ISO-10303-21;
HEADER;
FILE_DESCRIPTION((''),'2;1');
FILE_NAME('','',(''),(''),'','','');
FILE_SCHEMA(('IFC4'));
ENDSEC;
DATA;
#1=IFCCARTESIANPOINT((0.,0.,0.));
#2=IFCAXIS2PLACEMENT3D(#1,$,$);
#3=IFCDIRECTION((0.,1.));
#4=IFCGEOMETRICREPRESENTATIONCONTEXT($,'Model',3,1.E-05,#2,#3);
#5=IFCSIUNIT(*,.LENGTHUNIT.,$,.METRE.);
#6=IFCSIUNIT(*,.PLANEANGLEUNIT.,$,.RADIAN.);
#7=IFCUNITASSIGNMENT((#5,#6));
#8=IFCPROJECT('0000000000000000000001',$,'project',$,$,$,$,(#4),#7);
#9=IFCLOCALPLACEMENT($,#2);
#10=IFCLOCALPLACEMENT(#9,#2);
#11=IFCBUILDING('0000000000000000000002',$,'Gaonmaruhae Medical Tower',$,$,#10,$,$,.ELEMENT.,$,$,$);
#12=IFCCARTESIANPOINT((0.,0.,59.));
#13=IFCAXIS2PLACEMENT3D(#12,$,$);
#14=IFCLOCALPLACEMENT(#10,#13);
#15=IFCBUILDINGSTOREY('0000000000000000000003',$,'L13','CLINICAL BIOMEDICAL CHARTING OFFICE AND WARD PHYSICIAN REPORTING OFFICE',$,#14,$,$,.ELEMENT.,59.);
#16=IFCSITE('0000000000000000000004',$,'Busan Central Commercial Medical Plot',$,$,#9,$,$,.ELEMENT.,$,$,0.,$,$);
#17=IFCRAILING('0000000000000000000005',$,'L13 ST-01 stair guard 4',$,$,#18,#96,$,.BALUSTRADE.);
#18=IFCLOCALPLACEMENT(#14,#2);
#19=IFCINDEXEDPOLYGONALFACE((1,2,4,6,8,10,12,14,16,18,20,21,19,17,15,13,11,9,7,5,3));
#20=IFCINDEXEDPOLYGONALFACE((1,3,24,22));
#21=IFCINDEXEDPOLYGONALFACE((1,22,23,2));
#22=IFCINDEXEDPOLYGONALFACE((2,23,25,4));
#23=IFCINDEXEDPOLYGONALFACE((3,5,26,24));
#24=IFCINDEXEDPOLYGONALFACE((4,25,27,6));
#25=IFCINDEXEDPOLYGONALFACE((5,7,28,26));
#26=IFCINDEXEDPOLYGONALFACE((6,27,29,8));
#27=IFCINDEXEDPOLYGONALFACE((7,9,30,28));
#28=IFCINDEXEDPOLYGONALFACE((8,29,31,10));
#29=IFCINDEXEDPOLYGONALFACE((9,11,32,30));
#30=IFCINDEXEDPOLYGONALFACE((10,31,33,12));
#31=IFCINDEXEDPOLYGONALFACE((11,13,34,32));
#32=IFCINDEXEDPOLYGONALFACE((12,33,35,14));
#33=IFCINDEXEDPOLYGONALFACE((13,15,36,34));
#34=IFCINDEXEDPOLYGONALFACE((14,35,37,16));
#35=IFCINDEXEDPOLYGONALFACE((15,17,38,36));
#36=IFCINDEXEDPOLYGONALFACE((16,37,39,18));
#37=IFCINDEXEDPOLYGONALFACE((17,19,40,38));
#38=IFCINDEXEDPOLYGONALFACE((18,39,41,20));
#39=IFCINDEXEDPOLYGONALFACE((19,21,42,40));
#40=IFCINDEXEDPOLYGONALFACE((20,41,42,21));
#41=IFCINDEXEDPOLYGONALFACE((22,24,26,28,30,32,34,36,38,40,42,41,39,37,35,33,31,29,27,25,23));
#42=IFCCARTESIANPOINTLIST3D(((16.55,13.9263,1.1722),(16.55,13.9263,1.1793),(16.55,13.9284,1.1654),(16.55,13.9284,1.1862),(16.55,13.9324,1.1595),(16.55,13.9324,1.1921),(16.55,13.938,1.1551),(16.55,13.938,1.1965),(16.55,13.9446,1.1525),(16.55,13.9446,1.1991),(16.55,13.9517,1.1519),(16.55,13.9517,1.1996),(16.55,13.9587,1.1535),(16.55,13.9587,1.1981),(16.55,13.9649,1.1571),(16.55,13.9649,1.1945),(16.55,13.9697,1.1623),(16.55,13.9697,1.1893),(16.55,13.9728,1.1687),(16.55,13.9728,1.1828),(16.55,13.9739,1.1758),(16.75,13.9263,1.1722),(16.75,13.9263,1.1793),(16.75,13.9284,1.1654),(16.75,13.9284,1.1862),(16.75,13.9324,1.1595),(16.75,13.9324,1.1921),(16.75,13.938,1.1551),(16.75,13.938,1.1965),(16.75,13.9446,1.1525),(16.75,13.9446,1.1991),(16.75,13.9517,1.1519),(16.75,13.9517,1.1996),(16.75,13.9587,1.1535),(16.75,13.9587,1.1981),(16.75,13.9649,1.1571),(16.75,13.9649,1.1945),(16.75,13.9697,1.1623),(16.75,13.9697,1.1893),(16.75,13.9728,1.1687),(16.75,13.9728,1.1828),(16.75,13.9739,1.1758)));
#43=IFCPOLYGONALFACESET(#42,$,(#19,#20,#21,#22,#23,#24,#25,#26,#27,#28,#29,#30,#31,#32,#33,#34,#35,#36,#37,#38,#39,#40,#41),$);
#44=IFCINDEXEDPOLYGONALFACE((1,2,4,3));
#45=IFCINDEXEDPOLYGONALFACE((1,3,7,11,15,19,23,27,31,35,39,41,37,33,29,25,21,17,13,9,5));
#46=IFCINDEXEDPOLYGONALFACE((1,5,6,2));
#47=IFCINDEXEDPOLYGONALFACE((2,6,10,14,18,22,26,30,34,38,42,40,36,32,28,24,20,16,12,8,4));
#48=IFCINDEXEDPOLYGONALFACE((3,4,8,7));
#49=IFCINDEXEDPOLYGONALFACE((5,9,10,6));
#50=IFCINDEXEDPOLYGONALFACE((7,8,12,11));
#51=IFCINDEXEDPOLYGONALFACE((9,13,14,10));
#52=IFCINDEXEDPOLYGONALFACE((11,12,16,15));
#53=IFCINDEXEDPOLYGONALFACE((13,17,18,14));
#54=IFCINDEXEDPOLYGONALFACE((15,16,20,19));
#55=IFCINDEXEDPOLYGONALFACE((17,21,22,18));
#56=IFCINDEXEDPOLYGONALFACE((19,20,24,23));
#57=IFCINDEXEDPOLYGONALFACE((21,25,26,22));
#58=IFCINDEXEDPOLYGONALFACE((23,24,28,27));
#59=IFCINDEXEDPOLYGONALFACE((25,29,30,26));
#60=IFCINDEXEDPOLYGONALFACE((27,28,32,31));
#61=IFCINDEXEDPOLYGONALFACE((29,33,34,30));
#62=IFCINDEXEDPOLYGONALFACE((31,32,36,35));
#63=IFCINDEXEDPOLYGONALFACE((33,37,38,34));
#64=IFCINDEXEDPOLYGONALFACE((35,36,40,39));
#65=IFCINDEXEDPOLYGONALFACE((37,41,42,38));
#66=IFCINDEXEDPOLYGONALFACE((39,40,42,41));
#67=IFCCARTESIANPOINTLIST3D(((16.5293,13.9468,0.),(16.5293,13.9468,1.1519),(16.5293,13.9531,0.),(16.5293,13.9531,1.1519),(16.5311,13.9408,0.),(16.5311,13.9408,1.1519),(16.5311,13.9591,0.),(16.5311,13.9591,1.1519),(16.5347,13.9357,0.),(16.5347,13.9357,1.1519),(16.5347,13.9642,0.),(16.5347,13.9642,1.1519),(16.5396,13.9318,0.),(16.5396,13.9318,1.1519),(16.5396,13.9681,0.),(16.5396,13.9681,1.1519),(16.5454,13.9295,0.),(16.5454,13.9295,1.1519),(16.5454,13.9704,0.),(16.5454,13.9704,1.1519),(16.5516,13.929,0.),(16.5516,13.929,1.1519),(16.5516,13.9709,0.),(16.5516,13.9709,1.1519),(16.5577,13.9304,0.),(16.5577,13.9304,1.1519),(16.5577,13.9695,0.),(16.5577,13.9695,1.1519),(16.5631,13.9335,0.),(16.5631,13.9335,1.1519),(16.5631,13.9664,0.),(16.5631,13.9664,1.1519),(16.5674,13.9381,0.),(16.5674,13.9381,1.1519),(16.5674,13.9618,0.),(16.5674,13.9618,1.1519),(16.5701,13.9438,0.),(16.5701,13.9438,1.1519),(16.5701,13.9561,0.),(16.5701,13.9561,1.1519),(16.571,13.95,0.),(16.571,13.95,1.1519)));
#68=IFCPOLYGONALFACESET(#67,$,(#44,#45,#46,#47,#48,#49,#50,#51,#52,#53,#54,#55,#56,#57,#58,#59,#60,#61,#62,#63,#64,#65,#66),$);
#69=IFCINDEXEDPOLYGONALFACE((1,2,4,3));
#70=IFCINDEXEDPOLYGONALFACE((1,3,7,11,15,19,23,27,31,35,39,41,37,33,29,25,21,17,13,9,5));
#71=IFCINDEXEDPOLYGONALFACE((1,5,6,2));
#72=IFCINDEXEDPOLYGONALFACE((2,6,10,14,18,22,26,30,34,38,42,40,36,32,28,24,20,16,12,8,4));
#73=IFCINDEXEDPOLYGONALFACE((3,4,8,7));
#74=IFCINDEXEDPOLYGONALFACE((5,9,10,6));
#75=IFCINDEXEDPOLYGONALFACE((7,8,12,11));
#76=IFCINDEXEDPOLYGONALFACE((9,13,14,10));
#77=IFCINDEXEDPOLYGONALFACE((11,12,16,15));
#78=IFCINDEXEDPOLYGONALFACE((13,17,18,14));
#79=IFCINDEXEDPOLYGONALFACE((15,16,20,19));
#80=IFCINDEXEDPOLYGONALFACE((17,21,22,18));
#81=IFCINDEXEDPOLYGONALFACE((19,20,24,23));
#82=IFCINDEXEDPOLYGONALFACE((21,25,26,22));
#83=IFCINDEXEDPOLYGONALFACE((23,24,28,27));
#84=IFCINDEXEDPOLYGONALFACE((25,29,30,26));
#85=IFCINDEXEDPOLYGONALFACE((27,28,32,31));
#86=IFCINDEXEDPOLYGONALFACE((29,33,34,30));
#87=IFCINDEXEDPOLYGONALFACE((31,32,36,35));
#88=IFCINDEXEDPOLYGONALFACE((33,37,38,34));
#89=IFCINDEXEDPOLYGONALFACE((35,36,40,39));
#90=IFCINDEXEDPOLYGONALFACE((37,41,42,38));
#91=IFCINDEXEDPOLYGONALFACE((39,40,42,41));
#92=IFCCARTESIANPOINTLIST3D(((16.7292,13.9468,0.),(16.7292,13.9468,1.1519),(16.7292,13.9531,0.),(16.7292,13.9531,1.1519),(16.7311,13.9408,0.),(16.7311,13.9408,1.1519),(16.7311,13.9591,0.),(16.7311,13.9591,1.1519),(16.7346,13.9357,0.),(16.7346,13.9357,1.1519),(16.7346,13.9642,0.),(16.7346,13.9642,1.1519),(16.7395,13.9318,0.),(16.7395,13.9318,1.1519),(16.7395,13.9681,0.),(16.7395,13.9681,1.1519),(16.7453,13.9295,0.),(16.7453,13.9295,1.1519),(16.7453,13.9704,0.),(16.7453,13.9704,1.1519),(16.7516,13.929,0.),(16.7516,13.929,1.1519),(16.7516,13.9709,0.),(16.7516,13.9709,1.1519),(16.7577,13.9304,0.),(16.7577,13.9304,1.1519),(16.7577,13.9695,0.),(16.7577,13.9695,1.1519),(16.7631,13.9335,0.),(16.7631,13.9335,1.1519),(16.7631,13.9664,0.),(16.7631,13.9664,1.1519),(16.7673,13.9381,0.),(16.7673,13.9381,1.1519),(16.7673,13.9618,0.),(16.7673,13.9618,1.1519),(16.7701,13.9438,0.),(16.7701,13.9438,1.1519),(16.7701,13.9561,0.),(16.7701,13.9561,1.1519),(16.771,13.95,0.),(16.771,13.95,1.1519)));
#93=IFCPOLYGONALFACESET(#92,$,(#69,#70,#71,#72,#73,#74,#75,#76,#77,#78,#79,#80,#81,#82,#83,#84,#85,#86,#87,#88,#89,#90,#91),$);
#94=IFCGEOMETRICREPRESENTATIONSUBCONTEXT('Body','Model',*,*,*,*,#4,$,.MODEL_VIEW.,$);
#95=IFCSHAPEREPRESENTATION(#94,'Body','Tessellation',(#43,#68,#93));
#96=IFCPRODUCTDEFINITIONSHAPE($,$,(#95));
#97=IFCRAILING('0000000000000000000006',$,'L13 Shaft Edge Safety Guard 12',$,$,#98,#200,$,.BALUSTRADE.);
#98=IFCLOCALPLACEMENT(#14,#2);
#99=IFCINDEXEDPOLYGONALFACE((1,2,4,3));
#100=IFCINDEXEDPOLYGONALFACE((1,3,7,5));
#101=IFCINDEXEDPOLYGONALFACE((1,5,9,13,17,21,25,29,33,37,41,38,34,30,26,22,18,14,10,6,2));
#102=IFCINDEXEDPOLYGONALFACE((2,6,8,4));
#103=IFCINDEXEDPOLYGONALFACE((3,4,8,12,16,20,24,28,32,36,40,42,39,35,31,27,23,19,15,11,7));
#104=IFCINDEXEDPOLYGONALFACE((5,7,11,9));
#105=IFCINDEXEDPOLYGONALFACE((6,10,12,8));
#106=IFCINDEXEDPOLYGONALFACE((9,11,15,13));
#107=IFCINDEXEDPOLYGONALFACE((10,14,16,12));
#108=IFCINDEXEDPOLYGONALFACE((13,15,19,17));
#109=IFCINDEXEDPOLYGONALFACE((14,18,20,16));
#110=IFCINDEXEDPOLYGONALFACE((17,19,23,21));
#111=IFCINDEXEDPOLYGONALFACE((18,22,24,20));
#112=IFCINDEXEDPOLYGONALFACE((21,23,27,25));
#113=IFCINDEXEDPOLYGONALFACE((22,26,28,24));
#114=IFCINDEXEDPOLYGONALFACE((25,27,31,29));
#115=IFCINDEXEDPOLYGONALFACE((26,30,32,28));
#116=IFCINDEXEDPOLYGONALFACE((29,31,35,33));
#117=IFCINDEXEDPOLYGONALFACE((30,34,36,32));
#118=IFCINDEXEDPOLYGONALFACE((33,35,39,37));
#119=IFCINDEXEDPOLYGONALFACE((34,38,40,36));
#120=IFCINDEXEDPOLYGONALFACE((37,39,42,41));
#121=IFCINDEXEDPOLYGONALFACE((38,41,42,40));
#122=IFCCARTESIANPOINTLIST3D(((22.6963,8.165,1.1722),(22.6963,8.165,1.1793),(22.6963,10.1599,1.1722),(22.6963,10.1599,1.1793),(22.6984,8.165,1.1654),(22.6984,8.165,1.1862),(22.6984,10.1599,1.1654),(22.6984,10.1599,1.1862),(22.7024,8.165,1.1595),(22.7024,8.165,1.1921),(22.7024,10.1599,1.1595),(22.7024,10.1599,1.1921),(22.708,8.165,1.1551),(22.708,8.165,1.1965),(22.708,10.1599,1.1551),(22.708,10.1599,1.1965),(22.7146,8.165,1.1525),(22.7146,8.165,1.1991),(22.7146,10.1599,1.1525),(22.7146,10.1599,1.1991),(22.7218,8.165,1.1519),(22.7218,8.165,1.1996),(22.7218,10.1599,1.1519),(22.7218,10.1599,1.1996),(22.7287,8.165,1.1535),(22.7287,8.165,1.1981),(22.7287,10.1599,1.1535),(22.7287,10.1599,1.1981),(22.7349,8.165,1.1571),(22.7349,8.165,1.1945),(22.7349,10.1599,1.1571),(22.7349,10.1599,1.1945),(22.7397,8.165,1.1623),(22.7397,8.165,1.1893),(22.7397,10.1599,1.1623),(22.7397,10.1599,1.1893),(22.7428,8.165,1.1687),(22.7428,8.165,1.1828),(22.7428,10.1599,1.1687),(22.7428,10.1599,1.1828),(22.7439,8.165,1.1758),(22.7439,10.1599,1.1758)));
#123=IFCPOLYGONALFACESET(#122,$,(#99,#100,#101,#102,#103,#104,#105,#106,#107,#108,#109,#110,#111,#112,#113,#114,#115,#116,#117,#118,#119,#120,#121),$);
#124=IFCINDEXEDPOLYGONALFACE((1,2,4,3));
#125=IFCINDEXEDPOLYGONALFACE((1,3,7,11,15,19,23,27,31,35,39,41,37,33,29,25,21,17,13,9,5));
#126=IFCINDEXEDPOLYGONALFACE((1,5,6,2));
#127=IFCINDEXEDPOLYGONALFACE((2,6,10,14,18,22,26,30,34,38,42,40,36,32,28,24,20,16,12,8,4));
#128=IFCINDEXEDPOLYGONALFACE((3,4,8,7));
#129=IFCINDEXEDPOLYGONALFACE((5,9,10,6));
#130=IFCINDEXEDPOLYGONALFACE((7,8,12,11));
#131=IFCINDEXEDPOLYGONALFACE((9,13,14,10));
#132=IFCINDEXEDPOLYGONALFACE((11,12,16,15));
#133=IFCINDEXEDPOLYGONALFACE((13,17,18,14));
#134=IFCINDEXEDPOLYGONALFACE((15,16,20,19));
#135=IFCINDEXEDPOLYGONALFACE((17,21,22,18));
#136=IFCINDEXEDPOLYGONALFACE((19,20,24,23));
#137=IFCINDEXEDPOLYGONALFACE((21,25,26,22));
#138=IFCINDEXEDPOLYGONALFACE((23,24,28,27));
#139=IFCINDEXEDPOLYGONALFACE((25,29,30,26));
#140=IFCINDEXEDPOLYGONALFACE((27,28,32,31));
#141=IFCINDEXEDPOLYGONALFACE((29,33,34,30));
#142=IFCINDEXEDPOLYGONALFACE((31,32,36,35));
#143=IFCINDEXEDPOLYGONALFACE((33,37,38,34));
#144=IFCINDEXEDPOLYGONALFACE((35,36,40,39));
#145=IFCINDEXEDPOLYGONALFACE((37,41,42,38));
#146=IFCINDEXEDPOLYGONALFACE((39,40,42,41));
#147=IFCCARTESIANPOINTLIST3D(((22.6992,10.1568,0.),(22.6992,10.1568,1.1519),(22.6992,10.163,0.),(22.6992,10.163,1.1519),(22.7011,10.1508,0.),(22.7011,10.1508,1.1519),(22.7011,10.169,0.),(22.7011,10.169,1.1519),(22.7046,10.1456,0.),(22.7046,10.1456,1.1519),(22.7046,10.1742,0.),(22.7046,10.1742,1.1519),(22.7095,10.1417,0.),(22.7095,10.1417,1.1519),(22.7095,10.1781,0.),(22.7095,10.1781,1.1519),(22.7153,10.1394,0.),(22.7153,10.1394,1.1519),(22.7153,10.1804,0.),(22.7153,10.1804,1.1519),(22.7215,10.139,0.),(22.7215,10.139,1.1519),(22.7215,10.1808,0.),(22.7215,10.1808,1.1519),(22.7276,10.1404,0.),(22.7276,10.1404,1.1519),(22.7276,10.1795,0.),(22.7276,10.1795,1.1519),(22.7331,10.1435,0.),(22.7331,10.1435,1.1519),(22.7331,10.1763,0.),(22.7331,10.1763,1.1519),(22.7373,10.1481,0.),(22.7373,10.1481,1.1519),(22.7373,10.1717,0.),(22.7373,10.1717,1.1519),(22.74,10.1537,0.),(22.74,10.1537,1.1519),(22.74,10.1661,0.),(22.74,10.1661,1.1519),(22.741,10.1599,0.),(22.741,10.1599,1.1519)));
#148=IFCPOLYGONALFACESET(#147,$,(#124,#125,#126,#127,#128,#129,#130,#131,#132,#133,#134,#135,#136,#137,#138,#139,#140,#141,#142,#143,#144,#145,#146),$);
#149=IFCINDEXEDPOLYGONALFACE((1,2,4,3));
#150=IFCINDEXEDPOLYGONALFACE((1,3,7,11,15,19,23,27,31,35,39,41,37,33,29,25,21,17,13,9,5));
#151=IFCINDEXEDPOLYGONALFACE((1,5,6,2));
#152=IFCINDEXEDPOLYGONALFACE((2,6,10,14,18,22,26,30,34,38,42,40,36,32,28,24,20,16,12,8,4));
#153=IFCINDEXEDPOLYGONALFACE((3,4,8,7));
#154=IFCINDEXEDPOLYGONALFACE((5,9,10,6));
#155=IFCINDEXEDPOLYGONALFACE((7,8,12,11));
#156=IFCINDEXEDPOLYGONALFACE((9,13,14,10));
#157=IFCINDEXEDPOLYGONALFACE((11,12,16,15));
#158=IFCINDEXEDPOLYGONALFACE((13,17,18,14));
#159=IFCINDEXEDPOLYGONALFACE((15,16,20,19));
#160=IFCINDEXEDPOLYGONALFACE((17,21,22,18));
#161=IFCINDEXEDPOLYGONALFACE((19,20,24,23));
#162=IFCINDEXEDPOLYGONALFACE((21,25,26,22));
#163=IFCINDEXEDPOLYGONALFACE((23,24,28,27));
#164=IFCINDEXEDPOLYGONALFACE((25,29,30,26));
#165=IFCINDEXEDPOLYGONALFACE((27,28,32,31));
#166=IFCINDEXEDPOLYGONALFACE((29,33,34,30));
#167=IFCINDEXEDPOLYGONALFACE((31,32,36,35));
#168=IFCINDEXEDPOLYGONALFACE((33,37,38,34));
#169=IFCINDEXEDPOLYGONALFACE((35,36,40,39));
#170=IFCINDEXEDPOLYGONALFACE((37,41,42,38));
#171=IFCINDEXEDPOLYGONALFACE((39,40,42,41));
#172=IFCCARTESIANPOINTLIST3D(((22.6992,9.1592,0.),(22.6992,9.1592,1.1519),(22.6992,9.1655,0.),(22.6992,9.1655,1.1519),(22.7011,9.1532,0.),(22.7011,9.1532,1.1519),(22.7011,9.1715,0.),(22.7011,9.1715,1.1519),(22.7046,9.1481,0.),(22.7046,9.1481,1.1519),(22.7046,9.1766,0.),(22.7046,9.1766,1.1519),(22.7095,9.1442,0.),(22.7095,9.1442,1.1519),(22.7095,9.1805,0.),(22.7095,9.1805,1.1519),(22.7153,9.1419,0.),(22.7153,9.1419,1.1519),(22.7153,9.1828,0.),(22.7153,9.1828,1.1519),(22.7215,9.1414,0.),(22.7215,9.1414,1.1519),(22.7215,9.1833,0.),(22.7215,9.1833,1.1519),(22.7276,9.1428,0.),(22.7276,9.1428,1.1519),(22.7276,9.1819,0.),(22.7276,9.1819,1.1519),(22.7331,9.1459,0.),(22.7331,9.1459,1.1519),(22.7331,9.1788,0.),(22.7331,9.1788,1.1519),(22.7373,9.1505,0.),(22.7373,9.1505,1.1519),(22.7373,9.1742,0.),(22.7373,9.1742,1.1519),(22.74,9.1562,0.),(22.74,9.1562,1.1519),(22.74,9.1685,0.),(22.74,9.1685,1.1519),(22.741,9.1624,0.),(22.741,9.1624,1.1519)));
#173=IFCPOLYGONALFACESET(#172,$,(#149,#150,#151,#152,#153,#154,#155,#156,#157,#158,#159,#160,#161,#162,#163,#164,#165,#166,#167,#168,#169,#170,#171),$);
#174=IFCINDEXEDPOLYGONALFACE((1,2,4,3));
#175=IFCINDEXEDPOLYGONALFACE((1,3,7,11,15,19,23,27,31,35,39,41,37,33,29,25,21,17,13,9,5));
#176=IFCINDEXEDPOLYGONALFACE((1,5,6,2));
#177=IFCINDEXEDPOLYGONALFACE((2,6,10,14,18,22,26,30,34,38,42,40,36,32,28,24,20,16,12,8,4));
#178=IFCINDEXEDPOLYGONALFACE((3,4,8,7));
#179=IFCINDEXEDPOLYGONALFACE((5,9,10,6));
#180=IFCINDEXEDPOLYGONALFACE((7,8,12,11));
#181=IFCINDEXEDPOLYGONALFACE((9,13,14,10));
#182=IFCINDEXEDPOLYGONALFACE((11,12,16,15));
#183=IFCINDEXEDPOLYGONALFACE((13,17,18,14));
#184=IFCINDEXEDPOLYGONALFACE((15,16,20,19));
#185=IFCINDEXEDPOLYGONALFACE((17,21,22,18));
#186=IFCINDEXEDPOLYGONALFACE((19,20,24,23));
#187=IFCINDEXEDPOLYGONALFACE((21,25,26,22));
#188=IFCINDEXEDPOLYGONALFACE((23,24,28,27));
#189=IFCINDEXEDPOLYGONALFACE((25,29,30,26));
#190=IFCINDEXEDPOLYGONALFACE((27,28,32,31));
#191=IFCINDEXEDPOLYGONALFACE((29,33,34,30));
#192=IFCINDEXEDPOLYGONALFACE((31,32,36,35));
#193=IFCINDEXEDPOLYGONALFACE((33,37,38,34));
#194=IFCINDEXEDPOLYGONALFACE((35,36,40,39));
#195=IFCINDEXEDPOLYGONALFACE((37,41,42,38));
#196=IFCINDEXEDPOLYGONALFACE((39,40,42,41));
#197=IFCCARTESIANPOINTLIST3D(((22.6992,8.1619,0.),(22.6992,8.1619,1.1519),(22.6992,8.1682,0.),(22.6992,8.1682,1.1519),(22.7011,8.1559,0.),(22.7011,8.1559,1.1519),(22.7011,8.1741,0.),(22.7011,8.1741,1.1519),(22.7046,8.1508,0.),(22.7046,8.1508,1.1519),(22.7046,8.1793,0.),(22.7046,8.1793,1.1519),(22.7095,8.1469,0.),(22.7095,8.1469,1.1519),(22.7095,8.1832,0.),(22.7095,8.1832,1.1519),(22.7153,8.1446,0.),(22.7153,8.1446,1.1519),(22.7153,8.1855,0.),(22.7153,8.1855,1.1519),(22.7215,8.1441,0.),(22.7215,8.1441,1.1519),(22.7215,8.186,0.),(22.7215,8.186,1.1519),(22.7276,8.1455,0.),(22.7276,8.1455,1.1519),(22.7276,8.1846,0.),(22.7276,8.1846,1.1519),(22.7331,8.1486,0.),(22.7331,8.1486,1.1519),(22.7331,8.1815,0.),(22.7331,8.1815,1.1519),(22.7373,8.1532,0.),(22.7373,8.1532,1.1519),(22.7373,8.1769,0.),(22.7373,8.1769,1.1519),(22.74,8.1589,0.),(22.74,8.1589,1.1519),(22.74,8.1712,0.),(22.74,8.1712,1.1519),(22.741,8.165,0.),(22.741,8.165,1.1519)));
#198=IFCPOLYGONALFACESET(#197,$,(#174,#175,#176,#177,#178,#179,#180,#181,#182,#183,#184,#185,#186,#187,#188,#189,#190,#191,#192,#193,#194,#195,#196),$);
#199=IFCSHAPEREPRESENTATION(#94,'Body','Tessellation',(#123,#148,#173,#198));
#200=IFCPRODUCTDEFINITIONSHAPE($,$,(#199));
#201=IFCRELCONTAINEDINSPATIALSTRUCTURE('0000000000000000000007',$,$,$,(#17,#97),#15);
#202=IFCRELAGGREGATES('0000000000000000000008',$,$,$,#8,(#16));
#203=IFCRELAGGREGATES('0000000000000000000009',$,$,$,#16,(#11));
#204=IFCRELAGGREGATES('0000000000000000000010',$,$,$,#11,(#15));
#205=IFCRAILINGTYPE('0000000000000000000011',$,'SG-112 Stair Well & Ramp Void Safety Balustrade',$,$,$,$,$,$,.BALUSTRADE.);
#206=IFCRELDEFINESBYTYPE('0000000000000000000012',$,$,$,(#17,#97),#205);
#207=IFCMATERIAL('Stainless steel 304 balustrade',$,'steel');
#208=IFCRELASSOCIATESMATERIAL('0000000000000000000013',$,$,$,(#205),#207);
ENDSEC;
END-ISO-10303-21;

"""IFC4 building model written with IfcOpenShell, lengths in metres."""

from ifc_helpers import new_model, si_unit, direction, frame, origin, origin_2d, place, context, subcontext, project, spatial, circle, extrude, material, type_object, element, save


model = new_model("IFC4")

# Units and contexts
model_context = context("Model", 3, precision=1e-05, world=origin(), true_north=direction((0.0, 1.0)))
body_context = subcontext(model_context, "Body", "Model", "MODEL_VIEW")
ifc_project = project(units=[si_unit("LENGTHUNIT", "METRE"), si_unit("PLANEANGLEUNIT", "RADIAN")], contexts=[model_context])

# Site, building, storey
site_placement = place(None, origin())
site = spatial("IfcSite", under=ifc_project, at=site_placement, Name="Busan Central Commercial Medical Plot", CompositionType="ELEMENT", RefElevation=0.0)
building_placement = place(site_placement, origin())
building = spatial("IfcBuilding", under=site, at=building_placement, Name="Gaonmaruhae Medical Tower", CompositionType="ELEMENT")
storey_placement = place(building_placement, frame((0.0, 0.0, 59.0)))
storey = spatial("IfcBuildingStorey", under=building, at=storey_placement, Name="L13", Description="CLINICAL BIOMEDICAL CHARTING OFFICE AND WARD PHYSICIAN REPORTING OFFICE", CompositionType="ELEMENT", Elevation=59.0)

# Railings
ifc_material_1 = material(Name="Stainless steel 304 balustrade", Category="steel")
railing_type_1 = type_object("IfcRailingType", Name="SG-112 Stair Well & Ramp Void Safety Balustrade", PredefinedType="BALUSTRADE", material=ifc_material_1)
railing_1_placement = place(storey_placement, frame((16.55, 13.95, 0.0)))
element("IfcRailing", 1, at=railing_1_placement, inside=storey, type_object=railing_type_1, Name="L13 ST-01 stair guard 4", PredefinedType="BALUSTRADE", context=body_context, shape_type="SweptSolid", body=[
    extrude(circle(Radius=0.0239, at=origin_2d()), frame((0.0, 0.0, 1.1758), z_axis=(1.0, 0.0, 0.0), x_axis=(0.0, 1.0, 0.0)), (0.0, 0.0, 1.0), 0.2),
    extrude(circle(Radius=0.021, at=origin_2d()), origin(), (0.0, 0.0, 1.0), 1.1519),
    extrude(circle(Radius=0.021, at=origin_2d()), frame((0.2, 0.0, 0.0)), (0.0, 0.0, 1.0), 1.1519),
])
railing_2_placement = place(storey_placement, frame((22.72, 10.1599, 0.0)))
element("IfcRailing", 2, at=railing_2_placement, inside=storey, type_object=railing_type_1, Name="L13 Shaft Edge Safety Guard 12", PredefinedType="BALUSTRADE", context=body_context, shape_type="SweptSolid", body=[
    extrude(circle(Radius=0.0239, at=origin_2d()), frame((0.0, 0.0, 1.1758), z_axis=(0.0, -1.0, 0.0), x_axis=(1.0, 0.0, 0.0)), (0.0, 0.0, 1.0), 1.9949),
    extrude(circle(Radius=0.021, at=origin_2d()), origin(), (0.0, 0.0, 1.0), 1.1519),
    extrude(circle(Radius=0.021, at=origin_2d()), frame((0.0, -0.9976, 0.0)), (0.0, 0.0, 1.0), 1.1519),
    extrude(circle(Radius=0.021, at=origin_2d()), frame((0.0, -1.9949, 0.0)), (0.0, 0.0, 1.0), 1.1519),
])

save(model, "model.ifc")
